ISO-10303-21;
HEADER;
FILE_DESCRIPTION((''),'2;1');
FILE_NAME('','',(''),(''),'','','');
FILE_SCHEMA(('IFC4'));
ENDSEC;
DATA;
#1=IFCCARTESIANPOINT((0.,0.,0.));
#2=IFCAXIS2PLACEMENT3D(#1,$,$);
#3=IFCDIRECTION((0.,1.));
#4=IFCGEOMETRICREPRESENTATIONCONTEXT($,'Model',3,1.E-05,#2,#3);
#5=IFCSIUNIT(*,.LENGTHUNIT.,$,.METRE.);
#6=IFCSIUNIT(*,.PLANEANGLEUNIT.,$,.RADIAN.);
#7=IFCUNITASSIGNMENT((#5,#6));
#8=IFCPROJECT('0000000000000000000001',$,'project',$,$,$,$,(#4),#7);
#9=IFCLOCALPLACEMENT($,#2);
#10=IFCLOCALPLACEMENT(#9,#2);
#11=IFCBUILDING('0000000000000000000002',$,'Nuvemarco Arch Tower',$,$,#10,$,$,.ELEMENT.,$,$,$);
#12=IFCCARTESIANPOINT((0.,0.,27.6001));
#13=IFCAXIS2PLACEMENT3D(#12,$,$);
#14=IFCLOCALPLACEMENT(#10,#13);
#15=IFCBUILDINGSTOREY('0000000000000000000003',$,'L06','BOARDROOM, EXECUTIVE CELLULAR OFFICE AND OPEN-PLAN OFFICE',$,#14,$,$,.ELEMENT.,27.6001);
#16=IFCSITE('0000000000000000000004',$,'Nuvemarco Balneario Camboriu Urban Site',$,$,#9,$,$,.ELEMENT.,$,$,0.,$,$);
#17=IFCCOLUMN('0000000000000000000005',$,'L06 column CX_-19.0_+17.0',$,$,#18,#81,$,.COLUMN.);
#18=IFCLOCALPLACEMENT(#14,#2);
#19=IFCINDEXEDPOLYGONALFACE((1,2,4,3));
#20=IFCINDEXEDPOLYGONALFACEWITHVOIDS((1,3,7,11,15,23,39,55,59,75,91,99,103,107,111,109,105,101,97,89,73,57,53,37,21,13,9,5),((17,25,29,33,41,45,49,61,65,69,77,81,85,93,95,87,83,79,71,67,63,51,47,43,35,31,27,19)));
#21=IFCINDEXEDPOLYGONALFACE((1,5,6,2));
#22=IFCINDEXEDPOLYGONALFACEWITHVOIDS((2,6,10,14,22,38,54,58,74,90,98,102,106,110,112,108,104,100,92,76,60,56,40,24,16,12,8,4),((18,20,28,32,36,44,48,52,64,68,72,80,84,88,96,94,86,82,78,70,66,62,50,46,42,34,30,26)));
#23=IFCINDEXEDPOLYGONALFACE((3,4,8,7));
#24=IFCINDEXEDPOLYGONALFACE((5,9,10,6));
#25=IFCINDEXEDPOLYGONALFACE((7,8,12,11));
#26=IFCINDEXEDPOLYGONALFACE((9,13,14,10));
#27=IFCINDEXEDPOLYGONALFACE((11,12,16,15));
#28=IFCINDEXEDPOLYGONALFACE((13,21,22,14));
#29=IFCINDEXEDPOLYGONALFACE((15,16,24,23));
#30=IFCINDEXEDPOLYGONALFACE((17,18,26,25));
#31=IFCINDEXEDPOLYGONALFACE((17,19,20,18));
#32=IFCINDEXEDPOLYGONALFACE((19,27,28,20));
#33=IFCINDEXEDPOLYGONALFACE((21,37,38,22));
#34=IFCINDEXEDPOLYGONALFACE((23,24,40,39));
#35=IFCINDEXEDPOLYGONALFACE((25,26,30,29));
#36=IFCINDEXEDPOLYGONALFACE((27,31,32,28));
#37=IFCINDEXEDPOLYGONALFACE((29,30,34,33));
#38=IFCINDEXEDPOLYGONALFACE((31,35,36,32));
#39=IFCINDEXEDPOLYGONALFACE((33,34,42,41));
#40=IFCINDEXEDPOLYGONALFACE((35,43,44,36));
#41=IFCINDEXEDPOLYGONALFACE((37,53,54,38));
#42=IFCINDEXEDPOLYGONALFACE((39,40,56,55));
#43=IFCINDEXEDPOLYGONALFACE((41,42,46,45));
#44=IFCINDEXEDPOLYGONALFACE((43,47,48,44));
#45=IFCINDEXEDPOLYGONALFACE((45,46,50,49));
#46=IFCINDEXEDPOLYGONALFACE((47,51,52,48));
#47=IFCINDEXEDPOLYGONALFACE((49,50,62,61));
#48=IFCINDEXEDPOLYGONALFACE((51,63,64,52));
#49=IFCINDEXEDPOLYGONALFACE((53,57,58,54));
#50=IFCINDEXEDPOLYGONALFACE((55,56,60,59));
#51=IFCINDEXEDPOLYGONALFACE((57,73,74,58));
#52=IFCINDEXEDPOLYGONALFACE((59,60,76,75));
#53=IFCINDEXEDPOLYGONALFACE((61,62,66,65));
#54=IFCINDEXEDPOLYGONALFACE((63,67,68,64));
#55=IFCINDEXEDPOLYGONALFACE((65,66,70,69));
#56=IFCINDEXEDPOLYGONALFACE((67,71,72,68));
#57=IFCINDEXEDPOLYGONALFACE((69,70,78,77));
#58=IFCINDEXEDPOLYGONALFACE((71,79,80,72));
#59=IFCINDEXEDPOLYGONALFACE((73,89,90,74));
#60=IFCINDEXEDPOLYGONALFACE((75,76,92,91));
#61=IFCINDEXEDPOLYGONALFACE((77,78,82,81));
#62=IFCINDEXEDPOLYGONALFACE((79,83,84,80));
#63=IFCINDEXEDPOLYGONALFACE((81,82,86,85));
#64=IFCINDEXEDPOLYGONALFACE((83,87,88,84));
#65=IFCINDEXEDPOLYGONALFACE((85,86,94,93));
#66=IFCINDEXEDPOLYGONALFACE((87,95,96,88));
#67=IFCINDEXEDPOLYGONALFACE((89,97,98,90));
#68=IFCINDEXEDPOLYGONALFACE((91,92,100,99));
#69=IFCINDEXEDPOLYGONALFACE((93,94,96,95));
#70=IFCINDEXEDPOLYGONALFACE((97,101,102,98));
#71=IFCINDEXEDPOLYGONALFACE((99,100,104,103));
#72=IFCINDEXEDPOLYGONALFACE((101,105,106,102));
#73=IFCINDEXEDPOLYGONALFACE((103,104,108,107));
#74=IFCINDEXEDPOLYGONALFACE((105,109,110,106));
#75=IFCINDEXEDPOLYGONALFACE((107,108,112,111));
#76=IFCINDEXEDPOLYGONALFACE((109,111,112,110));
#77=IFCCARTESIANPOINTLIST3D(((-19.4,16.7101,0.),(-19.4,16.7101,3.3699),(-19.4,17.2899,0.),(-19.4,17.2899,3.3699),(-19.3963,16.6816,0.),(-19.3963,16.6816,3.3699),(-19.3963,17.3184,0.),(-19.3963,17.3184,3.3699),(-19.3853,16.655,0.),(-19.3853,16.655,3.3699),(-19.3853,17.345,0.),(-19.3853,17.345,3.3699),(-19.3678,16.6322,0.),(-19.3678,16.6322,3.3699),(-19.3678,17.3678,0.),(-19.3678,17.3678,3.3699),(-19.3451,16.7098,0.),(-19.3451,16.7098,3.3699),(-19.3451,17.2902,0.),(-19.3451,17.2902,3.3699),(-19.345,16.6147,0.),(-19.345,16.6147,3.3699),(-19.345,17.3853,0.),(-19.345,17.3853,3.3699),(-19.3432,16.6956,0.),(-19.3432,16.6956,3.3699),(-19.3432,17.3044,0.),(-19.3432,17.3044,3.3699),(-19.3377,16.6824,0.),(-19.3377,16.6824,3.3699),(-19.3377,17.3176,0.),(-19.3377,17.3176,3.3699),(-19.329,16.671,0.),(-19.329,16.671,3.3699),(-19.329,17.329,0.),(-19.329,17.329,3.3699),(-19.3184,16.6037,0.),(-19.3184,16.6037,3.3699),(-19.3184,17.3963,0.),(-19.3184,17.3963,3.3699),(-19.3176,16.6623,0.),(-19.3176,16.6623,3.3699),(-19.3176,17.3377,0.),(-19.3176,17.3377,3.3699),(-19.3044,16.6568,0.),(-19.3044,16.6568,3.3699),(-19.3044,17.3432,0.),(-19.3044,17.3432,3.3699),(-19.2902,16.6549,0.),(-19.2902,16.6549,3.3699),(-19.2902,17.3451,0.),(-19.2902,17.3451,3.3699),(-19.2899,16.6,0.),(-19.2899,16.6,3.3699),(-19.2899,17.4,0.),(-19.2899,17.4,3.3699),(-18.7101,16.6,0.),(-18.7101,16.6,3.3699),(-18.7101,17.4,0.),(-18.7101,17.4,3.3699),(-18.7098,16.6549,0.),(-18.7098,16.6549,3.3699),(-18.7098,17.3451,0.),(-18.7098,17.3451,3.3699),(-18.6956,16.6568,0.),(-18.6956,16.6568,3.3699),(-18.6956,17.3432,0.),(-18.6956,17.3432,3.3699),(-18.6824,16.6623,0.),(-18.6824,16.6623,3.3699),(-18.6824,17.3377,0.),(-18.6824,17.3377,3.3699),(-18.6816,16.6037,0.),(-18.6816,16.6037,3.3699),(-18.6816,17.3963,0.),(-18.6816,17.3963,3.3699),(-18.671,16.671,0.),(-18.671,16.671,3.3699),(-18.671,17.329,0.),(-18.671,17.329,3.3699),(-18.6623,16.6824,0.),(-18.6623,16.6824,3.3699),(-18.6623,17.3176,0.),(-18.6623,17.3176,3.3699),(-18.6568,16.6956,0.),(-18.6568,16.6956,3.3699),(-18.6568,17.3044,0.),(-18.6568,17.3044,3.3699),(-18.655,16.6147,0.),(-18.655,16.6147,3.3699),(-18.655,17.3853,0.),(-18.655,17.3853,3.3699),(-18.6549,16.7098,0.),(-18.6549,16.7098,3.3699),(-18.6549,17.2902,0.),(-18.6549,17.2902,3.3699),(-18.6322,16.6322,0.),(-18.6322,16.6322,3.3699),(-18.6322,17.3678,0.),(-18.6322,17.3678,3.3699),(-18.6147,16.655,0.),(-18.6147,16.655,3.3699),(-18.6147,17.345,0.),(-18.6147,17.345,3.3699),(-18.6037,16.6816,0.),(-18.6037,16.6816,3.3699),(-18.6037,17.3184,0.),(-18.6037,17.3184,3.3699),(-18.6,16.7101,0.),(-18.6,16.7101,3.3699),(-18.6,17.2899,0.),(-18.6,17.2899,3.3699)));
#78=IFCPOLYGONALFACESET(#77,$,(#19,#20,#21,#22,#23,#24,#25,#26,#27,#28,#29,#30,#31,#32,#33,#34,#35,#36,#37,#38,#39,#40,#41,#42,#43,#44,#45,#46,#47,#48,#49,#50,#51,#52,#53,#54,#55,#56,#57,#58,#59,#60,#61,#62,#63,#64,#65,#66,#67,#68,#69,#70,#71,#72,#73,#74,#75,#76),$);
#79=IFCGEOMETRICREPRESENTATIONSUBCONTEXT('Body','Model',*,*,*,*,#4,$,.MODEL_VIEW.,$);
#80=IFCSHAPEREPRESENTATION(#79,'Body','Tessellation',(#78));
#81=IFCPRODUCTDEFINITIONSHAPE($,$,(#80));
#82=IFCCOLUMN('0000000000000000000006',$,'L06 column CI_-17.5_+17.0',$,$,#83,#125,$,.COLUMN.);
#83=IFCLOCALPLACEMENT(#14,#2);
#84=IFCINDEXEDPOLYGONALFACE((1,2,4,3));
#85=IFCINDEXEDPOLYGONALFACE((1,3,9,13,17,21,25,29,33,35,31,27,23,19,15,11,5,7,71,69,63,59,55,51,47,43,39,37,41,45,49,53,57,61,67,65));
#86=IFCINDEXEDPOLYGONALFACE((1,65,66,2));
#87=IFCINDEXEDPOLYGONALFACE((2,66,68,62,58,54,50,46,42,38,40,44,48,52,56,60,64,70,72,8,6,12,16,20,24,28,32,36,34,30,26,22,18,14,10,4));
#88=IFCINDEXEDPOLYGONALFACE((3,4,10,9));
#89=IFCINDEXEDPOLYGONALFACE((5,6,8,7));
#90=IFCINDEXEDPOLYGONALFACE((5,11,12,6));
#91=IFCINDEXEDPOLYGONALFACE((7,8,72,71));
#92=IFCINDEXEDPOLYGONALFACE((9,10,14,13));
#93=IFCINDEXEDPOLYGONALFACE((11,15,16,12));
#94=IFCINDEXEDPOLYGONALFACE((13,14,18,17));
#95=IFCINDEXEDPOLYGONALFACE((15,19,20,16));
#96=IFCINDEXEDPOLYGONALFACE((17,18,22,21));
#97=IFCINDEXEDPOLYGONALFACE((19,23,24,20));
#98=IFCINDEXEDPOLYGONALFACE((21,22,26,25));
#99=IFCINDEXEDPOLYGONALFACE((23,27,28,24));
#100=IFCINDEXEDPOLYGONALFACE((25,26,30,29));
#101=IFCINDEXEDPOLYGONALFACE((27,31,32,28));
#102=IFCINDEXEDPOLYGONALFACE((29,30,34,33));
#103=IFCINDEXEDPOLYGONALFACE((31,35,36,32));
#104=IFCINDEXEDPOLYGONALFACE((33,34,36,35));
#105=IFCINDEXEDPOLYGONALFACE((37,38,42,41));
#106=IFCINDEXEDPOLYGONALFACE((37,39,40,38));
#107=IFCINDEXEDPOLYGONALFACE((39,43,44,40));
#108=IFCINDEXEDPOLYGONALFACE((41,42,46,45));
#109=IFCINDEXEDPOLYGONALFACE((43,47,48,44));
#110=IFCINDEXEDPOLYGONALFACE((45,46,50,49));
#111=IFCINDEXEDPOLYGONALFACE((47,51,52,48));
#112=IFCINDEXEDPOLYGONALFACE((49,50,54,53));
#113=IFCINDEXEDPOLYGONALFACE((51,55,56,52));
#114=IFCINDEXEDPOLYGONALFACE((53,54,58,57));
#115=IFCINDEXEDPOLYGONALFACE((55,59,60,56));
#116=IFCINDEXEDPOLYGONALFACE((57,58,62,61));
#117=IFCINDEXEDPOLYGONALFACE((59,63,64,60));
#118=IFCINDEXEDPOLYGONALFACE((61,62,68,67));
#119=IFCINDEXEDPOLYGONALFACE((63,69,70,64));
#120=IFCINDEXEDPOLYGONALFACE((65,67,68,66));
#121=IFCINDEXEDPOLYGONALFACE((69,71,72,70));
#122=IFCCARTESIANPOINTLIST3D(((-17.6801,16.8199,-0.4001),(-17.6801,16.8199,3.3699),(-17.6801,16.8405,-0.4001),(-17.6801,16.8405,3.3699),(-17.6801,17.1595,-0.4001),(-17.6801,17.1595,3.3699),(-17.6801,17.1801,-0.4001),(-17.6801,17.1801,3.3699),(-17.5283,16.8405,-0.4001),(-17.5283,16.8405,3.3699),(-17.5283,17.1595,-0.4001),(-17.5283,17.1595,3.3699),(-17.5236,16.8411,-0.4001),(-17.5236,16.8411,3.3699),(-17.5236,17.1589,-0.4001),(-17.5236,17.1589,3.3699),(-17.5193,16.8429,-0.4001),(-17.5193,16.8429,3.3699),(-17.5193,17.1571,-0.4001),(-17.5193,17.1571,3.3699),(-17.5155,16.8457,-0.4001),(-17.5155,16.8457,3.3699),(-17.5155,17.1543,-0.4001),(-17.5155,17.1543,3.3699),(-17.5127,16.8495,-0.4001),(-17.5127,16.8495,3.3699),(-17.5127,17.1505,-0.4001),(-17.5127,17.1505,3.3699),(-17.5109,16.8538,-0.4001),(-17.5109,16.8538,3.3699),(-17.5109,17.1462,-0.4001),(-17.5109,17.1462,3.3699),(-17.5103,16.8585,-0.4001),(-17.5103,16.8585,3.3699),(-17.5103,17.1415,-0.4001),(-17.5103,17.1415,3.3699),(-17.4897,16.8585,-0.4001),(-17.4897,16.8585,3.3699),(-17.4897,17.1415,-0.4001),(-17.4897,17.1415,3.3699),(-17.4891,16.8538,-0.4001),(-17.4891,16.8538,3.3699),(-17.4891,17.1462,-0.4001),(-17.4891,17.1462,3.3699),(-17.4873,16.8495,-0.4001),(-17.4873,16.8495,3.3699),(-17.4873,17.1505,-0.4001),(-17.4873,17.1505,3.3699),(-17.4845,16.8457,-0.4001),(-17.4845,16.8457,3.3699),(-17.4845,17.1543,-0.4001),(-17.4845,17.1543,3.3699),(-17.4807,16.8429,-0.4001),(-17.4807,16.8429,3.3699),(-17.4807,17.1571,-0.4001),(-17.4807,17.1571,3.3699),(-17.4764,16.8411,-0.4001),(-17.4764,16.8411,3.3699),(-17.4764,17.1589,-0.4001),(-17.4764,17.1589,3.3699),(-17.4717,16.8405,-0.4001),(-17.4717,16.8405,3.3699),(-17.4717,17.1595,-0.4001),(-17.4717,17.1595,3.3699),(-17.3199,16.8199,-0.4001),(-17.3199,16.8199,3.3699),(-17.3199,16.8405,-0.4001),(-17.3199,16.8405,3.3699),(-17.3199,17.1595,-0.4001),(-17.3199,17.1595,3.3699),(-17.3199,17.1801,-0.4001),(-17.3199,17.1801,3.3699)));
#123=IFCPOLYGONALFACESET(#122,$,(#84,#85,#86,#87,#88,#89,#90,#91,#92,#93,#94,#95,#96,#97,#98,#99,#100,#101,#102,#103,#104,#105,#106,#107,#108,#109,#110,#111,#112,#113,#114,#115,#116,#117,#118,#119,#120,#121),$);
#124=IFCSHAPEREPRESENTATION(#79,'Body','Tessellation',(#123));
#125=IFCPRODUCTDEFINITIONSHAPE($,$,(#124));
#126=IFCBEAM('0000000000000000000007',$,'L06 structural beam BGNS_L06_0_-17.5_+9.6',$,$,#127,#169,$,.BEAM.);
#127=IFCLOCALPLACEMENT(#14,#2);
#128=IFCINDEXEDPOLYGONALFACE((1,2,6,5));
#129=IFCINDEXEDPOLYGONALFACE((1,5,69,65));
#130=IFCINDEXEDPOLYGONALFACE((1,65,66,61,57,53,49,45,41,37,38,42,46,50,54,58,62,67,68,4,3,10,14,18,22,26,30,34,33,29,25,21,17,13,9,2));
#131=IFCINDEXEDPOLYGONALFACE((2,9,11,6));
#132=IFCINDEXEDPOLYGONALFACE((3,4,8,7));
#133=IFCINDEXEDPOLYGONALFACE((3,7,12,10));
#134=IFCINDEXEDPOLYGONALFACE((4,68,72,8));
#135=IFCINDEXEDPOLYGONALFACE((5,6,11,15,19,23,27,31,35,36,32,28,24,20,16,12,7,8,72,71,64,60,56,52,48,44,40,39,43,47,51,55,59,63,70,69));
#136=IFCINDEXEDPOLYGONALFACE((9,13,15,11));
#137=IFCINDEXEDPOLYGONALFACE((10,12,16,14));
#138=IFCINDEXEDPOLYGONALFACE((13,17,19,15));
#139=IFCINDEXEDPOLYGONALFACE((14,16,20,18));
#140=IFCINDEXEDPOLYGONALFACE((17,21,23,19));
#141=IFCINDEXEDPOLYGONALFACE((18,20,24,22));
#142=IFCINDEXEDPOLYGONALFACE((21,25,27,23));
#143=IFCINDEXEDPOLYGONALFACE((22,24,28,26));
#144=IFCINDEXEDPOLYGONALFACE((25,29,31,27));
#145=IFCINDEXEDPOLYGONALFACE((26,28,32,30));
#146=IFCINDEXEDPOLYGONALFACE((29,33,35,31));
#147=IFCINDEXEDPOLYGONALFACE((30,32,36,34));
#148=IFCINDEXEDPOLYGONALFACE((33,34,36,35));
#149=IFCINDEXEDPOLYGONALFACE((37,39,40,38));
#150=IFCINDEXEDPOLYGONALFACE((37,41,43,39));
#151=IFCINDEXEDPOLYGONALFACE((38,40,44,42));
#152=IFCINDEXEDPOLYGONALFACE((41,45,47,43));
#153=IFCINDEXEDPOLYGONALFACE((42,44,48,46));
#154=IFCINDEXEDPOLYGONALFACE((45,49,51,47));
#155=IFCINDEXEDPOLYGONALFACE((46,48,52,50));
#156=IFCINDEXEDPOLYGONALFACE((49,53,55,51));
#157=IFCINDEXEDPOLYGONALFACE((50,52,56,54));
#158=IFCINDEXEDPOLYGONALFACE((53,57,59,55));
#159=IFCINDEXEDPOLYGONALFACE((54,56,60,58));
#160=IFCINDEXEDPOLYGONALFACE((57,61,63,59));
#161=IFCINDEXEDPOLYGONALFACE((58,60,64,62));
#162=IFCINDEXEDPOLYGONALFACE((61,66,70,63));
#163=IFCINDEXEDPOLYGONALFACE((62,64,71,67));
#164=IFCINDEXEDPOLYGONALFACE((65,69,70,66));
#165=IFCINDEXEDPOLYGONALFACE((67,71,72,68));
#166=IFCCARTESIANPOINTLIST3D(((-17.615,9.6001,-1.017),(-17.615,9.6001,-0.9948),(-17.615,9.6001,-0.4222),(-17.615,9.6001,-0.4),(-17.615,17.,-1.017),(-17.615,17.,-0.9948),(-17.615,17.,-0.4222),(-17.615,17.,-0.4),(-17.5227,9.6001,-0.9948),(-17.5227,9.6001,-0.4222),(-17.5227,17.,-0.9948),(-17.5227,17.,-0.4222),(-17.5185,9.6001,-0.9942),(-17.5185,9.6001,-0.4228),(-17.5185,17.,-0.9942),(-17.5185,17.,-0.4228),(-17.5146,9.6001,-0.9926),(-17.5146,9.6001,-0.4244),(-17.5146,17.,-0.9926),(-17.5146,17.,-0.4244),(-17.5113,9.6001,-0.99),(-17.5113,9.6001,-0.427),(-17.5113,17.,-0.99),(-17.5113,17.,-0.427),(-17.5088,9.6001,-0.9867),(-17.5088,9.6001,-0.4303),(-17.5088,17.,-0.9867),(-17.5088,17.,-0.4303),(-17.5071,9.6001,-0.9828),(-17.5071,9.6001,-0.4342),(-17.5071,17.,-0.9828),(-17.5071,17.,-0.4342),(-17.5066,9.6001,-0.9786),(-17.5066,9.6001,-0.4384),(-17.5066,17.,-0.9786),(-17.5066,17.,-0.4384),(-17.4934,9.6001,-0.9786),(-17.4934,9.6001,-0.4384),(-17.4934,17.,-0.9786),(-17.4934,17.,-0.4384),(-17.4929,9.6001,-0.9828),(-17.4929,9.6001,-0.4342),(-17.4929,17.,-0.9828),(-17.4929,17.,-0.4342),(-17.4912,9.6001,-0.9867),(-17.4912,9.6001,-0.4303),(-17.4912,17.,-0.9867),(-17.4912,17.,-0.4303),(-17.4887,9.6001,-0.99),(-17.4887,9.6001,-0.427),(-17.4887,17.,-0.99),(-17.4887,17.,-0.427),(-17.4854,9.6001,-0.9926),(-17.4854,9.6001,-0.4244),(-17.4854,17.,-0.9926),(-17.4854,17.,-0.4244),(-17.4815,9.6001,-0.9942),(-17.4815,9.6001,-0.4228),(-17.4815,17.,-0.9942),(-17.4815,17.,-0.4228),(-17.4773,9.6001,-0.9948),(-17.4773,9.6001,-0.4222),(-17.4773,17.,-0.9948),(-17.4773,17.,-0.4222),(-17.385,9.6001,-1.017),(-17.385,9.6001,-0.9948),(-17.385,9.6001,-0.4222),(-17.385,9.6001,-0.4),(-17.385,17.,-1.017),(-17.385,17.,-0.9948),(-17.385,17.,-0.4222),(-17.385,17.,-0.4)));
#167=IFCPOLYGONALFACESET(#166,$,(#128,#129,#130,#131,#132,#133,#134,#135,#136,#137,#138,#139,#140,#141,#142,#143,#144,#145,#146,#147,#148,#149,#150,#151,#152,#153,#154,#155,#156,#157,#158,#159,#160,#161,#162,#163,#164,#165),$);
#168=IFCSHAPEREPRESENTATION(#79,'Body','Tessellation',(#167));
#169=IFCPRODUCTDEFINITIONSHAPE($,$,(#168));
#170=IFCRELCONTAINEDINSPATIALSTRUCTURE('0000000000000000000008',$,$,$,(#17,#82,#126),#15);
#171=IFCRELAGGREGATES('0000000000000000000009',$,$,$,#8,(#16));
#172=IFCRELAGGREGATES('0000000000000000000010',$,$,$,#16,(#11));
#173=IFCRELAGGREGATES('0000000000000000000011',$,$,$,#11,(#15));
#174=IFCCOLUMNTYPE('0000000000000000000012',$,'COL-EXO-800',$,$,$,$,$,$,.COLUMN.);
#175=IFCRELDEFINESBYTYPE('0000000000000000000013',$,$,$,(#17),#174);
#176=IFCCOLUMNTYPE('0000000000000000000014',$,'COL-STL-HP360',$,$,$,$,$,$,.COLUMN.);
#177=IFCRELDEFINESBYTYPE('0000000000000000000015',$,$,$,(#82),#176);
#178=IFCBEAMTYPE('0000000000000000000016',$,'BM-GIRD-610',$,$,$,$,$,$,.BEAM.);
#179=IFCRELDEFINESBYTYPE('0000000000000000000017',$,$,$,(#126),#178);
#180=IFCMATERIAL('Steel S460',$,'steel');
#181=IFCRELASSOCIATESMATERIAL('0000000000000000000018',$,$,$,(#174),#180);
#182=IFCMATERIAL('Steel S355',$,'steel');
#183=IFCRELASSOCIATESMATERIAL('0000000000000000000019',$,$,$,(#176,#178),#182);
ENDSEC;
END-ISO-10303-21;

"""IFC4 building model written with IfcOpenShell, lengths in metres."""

from ifc_helpers import new_model, si_unit, direction, frame, origin, origin_2d, place, context, subcontext, project, spatial, hollow_rectangle, i_section, extrude, material, material_profile, profile_set, type_object, element, save


model = new_model("IFC4")

# Units and contexts
model_context = context("Model", 3, precision=1e-05, world=origin(), true_north=direction((0.0, 1.0)))
body_context = subcontext(model_context, "Body", "Model", "MODEL_VIEW")
ifc_project = project(units=[si_unit("LENGTHUNIT", "METRE"), si_unit("PLANEANGLEUNIT", "RADIAN")], contexts=[model_context])

# Site, building, storey
site_placement = place(None, origin())
site = spatial("IfcSite", under=ifc_project, at=site_placement, Name="Nuvemarco Balneario Camboriu Urban Site", CompositionType="ELEMENT", RefElevation=0.0)
building_placement = place(site_placement, origin())
building = spatial("IfcBuilding", under=site, at=building_placement, Name="Nuvemarco Arch Tower", CompositionType="ELEMENT")
storey_placement = place(building_placement, frame((0.0, 0.0, 27.6001)))
storey = spatial("IfcBuildingStorey", under=building, at=storey_placement, Name="L06", Description="BOARDROOM, EXECUTIVE CELLULAR OFFICE AND OPEN-PLAN OFFICE", CompositionType="ELEMENT", Elevation=27.6001)

# Columns
ifc_material_1 = material(Name="Steel S460", Category="steel")
ifc_material_profile_1 = material_profile(ifc_material_1, hollow_rectangle(XDim=0.8, YDim=0.8, WallThickness=0.0549, InnerFilletRadius=0.0549, OuterFilletRadius=0.1101, at=origin_2d()), Name="SHS800x800x55")
ifc_profile_set_1 = profile_set([ifc_material_profile_1], Name="Steel S460")
column_type_1 = type_object("IfcColumnType", Name="COL-EXO-800", PredefinedType="COLUMN", material=ifc_profile_set_1)
column_1_placement = place(storey_placement, frame((-19.0, 17.0, 0.0), z_axis=(0.0, 0.0, 1.0), x_axis=(1.0, 0.0, 0.0)))
element("IfcColumn", 1, at=column_1_placement, inside=storey, type_object=column_type_1, Name="L06 column CX_-19.0_+17.0", PredefinedType="COLUMN", context=body_context, shape_type="SweptSolid", body=[
    extrude(hollow_rectangle(XDim=0.8, YDim=0.8, WallThickness=0.0549, InnerFilletRadius=0.0549, OuterFilletRadius=0.1101, at=origin_2d()), origin(), (0.0, 0.0, 1.0), 3.3699),
])
ifc_material_2 = material(Name="Steel S355", Category="steel")
ifc_material_profile_2 = material_profile(ifc_material_2, i_section(OverallWidth=0.3601, OverallDepth=0.3601, WebThickness=0.0205, FlangeThickness=0.0205, FilletRadius=0.0181, at=origin_2d()), Name="HP360x174")
ifc_profile_set_2 = profile_set([ifc_material_profile_2], Name="Steel S355")
column_type_2 = type_object("IfcColumnType", Name="COL-STL-HP360", PredefinedType="COLUMN", material=ifc_profile_set_2)
column_2_placement = place(storey_placement, frame((-17.5, 17.0, -0.4001), z_axis=(0.0, 0.0, 1.0), x_axis=(1.0, 0.0, 0.0)))
element("IfcColumn", 2, at=column_2_placement, inside=storey, type_object=column_type_2, Name="L06 column CI_-17.5_+17.0", PredefinedType="COLUMN", context=body_context, shape_type="SweptSolid", body=[
    extrude(i_section(OverallWidth=0.3601, OverallDepth=0.3601, WebThickness=0.0205, FlangeThickness=0.0205, FilletRadius=0.0181, at=origin_2d()), origin(), (0.0, 0.0, 1.0), 3.77),
])

# Beam
ifc_material_profile_3 = material_profile(ifc_material_2, i_section(OverallWidth=0.23, OverallDepth=0.6169, WebThickness=0.0132, FlangeThickness=0.0222, FilletRadius=0.0161, at=origin_2d()), Name="W610x140")
ifc_profile_set_3 = profile_set([ifc_material_profile_3], Name="Steel S355")
beam_type_1 = type_object("IfcBeamType", Name="BM-GIRD-610", PredefinedType="BEAM", material=ifc_profile_set_3)
beam_1_placement = place(storey_placement, frame((-17.5, 9.6001, -0.7085), z_axis=(0.0, 1.0, 0.0), x_axis=(-1.0, 0.0, 0.0)))
element("IfcBeam", 3, at=beam_1_placement, inside=storey, type_object=beam_type_1, Name="L06 structural beam BGNS_L06_0_-17.5_+9.6", PredefinedType="BEAM", context=body_context, shape_type="SweptSolid", body=[
    extrude(i_section(OverallWidth=0.23, OverallDepth=0.6169, WebThickness=0.0132, FlangeThickness=0.0222, FilletRadius=0.0161, at=origin_2d()), origin(), (0.0, 0.0, 1.0), 7.3999),
])

save(model, "model.ifc")
